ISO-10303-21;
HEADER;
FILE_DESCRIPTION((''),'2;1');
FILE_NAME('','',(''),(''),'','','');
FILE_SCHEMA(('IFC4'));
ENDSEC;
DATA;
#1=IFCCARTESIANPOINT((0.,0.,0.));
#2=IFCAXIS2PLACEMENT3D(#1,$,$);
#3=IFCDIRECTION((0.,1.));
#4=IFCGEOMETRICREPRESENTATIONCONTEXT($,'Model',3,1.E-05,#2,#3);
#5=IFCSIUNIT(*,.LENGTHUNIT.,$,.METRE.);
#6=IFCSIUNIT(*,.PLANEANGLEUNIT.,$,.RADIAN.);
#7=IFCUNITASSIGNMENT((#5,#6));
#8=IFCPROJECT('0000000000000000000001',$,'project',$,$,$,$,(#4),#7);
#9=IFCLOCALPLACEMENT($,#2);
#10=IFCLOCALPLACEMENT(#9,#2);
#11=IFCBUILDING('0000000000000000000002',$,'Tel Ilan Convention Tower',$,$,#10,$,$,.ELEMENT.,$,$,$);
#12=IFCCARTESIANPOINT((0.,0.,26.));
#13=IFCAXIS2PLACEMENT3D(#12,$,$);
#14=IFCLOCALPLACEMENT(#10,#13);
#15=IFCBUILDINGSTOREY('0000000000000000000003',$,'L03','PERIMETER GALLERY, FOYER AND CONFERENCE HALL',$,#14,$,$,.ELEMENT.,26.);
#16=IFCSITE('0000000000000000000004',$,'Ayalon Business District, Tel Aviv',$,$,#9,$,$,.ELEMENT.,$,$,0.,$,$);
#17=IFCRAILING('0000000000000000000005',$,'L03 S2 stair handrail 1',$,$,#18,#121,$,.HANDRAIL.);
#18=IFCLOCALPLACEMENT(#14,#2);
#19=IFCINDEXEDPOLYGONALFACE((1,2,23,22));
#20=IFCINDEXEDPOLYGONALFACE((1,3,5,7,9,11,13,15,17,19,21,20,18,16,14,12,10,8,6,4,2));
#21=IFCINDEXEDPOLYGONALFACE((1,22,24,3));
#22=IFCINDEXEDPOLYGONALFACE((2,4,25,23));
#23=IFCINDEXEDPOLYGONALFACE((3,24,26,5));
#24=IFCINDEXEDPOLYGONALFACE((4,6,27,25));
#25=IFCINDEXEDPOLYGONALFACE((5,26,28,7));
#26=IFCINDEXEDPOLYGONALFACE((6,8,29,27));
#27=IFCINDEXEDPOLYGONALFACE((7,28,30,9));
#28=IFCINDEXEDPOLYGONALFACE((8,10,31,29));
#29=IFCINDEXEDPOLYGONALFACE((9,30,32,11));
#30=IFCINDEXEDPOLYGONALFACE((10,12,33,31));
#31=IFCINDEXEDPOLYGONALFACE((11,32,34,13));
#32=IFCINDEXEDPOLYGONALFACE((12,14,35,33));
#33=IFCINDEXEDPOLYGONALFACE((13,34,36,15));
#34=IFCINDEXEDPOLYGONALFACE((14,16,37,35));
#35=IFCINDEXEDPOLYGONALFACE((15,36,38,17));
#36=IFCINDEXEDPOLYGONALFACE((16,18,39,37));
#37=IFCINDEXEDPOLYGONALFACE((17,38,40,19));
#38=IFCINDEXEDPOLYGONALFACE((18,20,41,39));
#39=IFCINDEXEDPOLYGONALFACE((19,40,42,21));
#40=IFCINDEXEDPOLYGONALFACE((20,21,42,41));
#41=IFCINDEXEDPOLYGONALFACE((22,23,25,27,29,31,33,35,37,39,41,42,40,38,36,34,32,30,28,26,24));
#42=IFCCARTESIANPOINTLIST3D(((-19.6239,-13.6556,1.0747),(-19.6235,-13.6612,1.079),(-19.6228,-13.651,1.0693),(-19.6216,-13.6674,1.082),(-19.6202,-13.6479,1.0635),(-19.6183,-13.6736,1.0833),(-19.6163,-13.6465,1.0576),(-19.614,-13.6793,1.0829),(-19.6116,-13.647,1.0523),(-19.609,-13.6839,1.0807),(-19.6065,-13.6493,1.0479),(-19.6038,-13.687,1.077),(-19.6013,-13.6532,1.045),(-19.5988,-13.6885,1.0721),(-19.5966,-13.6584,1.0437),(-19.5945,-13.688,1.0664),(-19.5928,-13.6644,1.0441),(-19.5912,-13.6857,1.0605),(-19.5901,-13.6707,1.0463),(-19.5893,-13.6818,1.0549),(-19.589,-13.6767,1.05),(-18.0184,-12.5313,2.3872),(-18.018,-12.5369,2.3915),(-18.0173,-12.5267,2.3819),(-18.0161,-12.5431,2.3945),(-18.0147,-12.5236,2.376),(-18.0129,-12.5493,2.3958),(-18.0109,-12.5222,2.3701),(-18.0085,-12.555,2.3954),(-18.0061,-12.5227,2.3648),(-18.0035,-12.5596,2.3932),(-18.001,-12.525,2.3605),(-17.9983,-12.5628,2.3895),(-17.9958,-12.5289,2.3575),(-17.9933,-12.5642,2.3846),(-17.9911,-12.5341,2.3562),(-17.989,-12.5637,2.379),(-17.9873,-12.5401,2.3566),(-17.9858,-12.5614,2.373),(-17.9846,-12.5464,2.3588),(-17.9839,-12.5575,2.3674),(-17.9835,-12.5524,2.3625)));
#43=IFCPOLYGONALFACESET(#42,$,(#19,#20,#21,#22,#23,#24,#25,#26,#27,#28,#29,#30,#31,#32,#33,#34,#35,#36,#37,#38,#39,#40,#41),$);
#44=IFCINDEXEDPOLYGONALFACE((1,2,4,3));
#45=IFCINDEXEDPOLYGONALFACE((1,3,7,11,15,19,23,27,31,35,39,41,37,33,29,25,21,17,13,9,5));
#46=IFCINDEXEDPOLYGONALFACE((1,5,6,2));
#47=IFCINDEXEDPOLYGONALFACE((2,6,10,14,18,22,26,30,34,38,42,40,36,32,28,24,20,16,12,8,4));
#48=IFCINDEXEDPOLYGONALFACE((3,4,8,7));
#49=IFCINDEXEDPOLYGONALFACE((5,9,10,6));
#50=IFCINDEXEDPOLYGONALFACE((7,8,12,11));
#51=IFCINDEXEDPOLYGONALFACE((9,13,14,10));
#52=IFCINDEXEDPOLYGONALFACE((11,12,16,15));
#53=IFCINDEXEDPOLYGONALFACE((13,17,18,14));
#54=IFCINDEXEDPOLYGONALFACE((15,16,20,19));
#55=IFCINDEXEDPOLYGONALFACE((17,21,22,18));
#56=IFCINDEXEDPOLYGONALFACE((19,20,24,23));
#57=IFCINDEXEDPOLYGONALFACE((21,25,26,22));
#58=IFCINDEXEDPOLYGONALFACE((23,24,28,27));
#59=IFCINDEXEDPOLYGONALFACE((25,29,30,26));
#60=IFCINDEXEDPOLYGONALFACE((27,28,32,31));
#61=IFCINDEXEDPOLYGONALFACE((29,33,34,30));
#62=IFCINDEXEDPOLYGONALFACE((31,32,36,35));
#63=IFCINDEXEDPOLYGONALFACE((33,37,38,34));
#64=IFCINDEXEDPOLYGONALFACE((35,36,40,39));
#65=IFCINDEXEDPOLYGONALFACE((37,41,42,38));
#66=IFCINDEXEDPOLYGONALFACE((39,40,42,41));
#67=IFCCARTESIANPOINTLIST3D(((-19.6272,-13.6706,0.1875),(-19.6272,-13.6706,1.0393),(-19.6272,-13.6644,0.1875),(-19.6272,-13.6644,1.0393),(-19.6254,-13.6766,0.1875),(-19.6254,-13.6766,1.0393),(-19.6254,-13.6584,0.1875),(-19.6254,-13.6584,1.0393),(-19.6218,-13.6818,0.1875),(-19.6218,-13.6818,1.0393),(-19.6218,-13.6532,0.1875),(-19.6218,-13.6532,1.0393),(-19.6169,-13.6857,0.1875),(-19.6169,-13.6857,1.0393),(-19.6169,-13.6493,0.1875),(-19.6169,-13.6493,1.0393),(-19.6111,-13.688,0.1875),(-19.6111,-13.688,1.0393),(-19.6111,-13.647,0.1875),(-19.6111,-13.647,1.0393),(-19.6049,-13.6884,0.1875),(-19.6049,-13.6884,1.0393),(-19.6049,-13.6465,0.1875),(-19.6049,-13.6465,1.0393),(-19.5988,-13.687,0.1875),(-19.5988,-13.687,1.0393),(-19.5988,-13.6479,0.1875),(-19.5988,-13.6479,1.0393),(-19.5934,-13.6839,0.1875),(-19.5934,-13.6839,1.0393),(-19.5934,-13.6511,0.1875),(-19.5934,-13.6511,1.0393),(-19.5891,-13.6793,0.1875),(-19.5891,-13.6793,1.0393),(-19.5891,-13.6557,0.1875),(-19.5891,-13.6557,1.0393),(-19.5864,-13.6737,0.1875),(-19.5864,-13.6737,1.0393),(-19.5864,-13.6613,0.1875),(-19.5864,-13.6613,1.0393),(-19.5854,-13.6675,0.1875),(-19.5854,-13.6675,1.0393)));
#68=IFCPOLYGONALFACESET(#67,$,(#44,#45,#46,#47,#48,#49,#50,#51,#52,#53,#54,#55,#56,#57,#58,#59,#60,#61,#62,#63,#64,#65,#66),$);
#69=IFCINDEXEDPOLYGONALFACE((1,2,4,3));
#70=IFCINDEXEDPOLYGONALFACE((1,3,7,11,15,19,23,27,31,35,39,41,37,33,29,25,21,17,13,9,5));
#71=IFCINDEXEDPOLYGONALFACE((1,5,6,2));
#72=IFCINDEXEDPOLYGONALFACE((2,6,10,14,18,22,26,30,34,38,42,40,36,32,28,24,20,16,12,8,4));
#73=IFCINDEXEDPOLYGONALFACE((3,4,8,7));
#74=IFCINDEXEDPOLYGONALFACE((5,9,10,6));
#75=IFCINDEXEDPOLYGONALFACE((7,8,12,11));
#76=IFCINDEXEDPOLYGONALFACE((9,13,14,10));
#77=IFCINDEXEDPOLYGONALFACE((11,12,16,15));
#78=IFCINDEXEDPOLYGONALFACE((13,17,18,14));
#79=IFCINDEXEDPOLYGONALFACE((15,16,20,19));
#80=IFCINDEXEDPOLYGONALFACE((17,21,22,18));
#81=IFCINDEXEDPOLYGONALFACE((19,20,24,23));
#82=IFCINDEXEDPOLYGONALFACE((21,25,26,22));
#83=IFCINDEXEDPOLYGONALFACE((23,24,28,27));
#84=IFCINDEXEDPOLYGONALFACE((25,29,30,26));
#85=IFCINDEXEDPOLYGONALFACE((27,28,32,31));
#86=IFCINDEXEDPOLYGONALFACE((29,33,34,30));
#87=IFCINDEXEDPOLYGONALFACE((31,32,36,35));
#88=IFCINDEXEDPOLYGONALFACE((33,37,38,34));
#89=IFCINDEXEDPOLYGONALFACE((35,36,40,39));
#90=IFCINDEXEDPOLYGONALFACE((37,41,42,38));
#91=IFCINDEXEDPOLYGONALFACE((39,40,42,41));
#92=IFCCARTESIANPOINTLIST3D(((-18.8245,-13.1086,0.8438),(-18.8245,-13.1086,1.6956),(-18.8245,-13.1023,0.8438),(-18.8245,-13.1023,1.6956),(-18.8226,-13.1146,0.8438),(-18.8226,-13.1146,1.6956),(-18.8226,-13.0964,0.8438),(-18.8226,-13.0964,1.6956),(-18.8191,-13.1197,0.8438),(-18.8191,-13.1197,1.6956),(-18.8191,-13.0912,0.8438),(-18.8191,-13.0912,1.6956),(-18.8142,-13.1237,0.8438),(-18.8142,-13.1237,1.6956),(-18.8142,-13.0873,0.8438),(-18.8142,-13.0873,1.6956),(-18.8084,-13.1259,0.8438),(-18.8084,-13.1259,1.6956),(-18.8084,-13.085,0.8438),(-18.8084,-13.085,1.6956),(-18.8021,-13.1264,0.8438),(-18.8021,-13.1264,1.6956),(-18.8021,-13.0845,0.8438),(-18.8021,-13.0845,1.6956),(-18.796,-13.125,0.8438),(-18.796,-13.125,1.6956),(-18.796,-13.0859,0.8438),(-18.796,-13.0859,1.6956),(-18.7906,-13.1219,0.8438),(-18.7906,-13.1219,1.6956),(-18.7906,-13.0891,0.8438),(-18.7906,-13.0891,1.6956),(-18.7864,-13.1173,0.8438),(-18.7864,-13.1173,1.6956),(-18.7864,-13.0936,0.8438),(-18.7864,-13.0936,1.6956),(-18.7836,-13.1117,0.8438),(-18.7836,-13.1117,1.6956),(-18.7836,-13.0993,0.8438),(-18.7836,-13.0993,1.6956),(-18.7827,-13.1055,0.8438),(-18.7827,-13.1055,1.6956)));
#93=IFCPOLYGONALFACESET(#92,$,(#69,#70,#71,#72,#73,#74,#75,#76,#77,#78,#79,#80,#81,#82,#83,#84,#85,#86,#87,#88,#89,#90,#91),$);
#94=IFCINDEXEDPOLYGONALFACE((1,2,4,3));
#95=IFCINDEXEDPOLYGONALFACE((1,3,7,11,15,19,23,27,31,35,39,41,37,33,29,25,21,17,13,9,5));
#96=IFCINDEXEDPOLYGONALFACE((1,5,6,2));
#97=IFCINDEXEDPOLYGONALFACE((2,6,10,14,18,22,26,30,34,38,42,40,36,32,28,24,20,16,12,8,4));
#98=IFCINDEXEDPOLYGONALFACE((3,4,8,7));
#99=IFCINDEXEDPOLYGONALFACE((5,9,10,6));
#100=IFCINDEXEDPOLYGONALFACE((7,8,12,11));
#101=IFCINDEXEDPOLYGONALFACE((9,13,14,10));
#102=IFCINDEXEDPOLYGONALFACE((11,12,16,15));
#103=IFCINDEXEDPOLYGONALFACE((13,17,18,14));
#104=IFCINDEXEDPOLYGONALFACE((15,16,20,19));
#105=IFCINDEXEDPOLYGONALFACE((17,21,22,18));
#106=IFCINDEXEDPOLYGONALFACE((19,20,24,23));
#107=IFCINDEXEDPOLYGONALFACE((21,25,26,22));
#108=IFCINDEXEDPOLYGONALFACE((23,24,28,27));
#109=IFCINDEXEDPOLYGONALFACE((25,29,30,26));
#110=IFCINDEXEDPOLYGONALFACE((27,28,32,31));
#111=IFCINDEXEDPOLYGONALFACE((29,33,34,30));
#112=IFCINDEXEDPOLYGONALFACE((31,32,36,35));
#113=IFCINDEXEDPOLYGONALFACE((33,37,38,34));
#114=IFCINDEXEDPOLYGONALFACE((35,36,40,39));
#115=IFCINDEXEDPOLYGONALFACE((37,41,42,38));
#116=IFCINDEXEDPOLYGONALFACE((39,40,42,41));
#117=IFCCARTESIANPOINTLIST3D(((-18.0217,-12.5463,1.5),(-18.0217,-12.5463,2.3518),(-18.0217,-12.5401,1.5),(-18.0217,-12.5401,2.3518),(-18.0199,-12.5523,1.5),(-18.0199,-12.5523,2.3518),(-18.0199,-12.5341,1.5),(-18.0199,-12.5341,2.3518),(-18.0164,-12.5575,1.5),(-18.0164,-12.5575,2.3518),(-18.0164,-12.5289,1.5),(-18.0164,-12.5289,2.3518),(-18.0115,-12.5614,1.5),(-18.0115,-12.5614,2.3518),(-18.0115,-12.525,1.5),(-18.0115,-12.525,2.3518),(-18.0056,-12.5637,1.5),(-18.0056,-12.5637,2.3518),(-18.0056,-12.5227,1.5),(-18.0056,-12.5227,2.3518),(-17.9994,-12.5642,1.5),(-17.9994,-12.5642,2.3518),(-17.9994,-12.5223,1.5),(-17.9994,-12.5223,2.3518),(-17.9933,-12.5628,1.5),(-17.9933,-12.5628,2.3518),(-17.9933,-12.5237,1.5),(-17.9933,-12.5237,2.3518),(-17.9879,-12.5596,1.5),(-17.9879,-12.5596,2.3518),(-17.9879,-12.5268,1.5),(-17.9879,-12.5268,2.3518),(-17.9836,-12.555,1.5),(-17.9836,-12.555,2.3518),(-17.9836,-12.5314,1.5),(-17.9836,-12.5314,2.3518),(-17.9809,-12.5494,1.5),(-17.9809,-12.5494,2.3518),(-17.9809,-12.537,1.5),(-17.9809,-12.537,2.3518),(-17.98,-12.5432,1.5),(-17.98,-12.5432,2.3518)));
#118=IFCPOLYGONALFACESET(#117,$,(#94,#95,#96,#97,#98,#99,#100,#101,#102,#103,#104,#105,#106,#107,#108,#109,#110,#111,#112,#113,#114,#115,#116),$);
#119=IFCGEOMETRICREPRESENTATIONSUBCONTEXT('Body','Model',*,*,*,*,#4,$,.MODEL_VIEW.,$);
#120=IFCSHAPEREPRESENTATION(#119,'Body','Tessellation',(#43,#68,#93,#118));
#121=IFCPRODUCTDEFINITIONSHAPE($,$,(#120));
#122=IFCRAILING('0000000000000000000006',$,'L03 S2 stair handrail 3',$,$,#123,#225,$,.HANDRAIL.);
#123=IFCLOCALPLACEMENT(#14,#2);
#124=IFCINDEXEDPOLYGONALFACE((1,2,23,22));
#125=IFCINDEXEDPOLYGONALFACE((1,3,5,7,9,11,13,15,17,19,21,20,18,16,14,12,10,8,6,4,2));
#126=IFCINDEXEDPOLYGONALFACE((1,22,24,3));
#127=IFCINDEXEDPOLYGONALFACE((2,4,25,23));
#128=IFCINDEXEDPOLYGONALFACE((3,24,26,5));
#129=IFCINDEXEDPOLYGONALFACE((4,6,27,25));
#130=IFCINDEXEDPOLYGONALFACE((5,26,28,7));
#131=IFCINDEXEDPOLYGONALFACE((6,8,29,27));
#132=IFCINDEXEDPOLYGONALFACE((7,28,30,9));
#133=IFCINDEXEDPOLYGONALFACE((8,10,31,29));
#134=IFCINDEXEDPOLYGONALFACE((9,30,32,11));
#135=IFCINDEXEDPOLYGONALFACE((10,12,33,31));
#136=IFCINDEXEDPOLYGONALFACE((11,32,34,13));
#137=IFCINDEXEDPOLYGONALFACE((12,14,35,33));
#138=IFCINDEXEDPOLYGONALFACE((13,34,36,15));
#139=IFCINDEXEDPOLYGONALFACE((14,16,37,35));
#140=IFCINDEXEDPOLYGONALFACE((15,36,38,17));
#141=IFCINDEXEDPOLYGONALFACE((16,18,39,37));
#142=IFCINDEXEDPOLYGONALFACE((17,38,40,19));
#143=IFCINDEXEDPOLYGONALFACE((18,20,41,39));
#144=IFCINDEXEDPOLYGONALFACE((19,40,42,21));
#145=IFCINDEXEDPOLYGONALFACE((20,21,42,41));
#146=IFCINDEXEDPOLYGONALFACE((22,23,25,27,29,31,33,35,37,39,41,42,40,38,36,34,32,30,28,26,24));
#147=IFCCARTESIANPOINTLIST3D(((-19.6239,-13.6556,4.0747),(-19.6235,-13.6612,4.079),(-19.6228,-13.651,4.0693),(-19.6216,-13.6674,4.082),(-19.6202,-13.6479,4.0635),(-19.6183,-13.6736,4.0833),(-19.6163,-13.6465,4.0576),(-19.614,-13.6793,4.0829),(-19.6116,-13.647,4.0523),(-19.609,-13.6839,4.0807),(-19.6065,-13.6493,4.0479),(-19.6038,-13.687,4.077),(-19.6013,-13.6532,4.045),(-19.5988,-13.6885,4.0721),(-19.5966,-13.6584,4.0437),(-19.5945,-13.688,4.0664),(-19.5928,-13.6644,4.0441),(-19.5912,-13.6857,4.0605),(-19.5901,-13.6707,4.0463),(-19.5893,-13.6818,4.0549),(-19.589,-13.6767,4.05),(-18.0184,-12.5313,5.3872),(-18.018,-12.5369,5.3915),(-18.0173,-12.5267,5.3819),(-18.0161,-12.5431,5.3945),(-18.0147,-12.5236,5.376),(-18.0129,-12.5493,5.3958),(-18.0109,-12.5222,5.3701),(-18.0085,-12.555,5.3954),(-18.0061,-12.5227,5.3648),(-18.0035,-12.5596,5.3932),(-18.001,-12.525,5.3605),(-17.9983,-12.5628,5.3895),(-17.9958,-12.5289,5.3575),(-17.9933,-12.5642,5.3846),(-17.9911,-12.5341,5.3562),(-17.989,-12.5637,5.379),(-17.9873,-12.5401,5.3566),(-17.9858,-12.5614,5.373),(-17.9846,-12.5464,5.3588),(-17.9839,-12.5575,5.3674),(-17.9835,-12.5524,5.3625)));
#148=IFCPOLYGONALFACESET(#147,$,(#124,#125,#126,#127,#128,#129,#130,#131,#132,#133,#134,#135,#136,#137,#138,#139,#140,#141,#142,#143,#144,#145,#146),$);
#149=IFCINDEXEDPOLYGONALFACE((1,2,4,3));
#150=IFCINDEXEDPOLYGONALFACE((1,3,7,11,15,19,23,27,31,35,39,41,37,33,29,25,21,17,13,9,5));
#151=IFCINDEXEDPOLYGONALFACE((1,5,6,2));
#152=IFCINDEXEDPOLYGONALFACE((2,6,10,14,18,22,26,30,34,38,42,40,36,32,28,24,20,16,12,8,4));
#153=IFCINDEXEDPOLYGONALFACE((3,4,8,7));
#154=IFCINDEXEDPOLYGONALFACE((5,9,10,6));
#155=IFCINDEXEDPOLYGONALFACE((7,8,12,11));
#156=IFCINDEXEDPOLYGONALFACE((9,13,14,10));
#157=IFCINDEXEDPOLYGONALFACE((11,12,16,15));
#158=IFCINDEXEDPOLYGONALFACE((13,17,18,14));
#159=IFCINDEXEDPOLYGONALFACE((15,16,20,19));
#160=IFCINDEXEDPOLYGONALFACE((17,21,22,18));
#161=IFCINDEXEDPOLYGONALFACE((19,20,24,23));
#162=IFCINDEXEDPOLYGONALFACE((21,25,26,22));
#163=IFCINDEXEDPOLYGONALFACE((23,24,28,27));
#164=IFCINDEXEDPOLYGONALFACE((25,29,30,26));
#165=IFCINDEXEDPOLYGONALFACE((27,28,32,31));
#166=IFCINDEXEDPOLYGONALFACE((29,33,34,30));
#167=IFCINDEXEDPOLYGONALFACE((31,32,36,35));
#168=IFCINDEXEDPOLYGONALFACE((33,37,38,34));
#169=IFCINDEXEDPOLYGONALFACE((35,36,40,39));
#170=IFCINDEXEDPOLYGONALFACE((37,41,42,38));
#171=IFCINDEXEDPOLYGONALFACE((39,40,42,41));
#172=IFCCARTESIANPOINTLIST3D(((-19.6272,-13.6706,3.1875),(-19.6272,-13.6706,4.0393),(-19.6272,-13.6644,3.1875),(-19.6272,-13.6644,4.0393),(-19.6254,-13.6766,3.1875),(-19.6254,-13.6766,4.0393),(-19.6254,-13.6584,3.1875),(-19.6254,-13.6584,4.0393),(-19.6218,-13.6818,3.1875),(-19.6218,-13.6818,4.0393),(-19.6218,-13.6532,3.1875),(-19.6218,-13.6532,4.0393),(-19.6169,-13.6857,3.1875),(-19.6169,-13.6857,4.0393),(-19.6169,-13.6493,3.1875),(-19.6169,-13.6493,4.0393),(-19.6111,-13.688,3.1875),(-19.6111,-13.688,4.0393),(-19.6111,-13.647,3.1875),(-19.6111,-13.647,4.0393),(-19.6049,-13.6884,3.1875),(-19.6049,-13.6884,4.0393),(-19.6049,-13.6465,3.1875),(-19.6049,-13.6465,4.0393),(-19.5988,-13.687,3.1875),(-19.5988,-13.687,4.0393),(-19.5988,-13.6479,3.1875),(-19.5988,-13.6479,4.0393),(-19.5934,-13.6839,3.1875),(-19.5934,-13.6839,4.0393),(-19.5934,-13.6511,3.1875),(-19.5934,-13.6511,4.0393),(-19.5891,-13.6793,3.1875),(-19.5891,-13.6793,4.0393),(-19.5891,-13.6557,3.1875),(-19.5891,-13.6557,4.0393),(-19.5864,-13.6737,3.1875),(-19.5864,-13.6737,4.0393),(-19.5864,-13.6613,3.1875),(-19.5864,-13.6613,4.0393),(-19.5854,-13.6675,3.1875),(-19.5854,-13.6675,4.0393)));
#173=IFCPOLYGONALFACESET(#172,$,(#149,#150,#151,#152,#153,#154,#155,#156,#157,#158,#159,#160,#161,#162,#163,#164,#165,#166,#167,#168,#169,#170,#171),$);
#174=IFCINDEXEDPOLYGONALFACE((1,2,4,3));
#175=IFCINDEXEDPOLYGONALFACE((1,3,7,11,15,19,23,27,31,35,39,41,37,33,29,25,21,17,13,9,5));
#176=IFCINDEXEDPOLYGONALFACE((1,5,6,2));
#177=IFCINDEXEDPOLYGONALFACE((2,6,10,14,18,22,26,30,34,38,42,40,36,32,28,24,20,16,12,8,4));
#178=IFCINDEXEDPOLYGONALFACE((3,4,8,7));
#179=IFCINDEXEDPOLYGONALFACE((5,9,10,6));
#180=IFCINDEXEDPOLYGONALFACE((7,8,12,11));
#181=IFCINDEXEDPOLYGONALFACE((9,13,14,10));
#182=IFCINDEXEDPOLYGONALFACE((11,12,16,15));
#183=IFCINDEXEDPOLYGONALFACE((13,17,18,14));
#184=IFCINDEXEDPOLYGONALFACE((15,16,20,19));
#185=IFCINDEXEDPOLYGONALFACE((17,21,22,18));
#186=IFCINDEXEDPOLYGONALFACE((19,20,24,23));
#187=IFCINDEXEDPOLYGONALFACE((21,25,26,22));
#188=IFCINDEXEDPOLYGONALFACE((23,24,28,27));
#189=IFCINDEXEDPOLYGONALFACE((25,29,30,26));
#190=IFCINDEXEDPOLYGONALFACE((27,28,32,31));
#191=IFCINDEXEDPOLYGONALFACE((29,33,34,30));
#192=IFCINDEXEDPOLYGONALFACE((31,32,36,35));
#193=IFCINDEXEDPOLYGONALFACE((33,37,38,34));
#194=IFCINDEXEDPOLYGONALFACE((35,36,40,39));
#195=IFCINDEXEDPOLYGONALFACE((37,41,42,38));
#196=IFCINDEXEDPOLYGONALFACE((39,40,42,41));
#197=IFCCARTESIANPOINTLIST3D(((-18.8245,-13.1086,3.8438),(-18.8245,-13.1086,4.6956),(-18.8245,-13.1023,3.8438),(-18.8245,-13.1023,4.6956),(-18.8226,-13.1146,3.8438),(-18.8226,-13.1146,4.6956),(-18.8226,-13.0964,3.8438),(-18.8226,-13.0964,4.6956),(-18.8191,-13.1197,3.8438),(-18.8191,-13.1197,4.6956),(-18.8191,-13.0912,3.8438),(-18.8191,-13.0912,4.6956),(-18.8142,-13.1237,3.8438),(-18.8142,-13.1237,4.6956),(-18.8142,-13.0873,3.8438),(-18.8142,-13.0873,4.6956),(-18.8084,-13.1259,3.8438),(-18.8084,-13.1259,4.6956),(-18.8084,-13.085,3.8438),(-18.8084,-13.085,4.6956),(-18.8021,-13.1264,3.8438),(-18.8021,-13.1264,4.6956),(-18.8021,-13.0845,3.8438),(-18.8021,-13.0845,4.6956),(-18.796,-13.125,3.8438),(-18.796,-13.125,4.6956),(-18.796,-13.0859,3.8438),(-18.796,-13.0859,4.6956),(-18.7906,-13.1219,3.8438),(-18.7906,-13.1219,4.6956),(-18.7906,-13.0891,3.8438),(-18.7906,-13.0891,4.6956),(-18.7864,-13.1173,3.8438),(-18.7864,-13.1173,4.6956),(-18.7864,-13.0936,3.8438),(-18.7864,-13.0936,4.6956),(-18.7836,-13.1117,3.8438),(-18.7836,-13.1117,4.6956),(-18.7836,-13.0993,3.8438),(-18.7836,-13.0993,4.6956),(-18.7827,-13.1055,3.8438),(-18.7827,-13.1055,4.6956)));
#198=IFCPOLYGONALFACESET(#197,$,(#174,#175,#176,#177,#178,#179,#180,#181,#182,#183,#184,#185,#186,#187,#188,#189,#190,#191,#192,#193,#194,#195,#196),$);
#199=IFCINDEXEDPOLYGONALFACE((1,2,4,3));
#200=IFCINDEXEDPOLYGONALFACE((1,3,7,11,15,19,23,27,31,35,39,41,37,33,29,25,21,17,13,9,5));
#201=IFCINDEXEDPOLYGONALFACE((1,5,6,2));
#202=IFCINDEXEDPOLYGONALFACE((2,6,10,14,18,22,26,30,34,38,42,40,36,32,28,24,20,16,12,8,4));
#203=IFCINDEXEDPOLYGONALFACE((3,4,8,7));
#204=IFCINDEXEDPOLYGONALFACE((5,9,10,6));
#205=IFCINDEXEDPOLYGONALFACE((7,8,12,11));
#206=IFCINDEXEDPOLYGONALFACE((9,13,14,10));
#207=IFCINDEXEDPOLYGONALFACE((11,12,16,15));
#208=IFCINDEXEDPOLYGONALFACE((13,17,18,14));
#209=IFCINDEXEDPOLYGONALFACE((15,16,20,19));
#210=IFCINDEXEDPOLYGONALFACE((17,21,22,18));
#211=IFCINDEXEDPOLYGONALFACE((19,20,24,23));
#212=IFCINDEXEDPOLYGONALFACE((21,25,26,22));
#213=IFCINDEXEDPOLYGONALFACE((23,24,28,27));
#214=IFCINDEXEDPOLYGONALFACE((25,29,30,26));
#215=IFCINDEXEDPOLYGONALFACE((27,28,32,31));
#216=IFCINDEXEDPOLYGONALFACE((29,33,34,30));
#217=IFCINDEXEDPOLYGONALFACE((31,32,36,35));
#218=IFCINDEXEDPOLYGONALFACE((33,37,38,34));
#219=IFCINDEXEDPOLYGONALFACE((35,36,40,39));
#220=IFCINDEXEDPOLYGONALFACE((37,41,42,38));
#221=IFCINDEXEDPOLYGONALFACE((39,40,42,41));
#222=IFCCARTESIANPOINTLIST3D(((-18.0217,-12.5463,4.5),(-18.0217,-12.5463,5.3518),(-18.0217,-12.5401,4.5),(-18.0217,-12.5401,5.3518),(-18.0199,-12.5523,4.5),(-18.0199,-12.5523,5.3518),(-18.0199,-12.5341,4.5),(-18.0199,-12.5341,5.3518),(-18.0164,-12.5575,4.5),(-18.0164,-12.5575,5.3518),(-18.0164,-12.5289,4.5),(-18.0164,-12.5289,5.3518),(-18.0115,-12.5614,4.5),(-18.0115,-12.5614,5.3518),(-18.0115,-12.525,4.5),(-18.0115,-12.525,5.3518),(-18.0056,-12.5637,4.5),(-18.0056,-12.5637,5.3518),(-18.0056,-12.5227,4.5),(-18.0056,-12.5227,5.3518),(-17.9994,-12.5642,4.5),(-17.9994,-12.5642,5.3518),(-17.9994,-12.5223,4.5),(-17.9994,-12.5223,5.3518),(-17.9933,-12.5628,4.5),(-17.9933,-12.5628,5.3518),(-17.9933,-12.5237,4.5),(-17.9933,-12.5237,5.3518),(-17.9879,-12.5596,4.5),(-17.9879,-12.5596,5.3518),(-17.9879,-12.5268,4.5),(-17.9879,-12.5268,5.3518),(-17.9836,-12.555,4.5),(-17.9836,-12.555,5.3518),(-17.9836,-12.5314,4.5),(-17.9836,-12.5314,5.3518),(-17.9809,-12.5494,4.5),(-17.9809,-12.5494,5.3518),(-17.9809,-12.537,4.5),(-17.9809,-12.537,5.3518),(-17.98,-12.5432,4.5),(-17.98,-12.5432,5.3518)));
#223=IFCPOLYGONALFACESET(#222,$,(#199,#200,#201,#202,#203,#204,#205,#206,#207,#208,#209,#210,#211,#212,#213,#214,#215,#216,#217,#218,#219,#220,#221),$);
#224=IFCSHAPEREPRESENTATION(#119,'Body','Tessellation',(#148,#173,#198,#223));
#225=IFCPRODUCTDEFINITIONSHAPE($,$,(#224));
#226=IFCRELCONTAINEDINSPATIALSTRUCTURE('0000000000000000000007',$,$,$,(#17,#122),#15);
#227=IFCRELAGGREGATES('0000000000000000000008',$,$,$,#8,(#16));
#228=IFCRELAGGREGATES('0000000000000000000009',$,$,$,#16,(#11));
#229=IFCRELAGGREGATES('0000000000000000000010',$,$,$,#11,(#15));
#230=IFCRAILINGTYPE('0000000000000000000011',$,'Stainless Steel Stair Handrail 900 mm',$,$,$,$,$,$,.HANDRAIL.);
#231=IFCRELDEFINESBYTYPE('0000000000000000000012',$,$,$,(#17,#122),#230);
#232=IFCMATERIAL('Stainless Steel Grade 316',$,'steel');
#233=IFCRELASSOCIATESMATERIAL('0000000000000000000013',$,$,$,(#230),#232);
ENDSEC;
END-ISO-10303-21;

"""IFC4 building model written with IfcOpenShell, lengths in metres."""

from ifc_helpers import new_model, si_unit, direction, frame, origin, origin_2d, place, context, subcontext, project, spatial, circle, extrude, material, type_object, element, save


model = new_model("IFC4")

# Units and contexts
model_context = context("Model", 3, precision=1e-05, world=origin(), true_north=direction((0.0, 1.0)))
body_context = subcontext(model_context, "Body", "Model", "MODEL_VIEW")
ifc_project = project(units=[si_unit("LENGTHUNIT", "METRE"), si_unit("PLANEANGLEUNIT", "RADIAN")], contexts=[model_context])

# Site, building, storey
site_placement = place(None, origin())
site = spatial("IfcSite", under=ifc_project, at=site_placement, Name="Ayalon Business District, Tel Aviv", CompositionType="ELEMENT", RefElevation=0.0)
building_placement = place(site_placement, origin())
building = spatial("IfcBuilding", under=site, at=building_placement, Name="Tel Ilan Convention Tower", CompositionType="ELEMENT")
storey_placement = place(building_placement, frame((0.0, 0.0, 26.0)))
storey = spatial("IfcBuildingStorey", under=building, at=storey_placement, Name="L03", Description="PERIMETER GALLERY, FOYER AND CONFERENCE HALL", CompositionType="ELEMENT", Elevation=26.0)

# Railings
ifc_material_1 = material(Name="Stainless Steel Grade 316", Category="steel")
railing_type_1 = type_object("IfcRailingType", Name="Stainless Steel Stair Handrail 900 mm", PredefinedType="HANDRAIL", material=ifc_material_1)
for number, where, name in (
    (1, (-19.6064, -13.6675, 0.1875), "L03 S2 stair handrail 1"),
    (2, (-19.6064, -13.6675, 3.1875), "L03 S2 stair handrail 3"),
):
    element("IfcRailing", number, at=place(storey_placement, frame(where)), inside=storey, type_object=railing_type_1, Name=name, PredefinedType="HANDRAIL", context=body_context, shape_type="SweptSolid", body=[
        extrude(circle(Radius=0.0239, at=origin_2d()), frame((0.0, 0.0, 0.876), z_axis=(0.680616, 0.476617, 0.556416), x_axis=(-0.573613, 0.819127, 0.0)), (0.0, 0.0, 1.0), 2.3589),
        extrude(circle(Radius=0.021, at=origin_2d()), origin(), (0.0, 0.0, 1.0), 0.8518),
        extrude(circle(Radius=0.021, at=origin_2d()), frame((0.8027, 0.562, 0.6562)), (0.0, 0.0, 1.0), 0.8518),
        extrude(circle(Radius=0.021, at=origin_2d()), frame((1.6055, 1.1243, 1.3125)), (0.0, 0.0, 1.0), 0.8518),
    ])

save(model, "model.ifc")
